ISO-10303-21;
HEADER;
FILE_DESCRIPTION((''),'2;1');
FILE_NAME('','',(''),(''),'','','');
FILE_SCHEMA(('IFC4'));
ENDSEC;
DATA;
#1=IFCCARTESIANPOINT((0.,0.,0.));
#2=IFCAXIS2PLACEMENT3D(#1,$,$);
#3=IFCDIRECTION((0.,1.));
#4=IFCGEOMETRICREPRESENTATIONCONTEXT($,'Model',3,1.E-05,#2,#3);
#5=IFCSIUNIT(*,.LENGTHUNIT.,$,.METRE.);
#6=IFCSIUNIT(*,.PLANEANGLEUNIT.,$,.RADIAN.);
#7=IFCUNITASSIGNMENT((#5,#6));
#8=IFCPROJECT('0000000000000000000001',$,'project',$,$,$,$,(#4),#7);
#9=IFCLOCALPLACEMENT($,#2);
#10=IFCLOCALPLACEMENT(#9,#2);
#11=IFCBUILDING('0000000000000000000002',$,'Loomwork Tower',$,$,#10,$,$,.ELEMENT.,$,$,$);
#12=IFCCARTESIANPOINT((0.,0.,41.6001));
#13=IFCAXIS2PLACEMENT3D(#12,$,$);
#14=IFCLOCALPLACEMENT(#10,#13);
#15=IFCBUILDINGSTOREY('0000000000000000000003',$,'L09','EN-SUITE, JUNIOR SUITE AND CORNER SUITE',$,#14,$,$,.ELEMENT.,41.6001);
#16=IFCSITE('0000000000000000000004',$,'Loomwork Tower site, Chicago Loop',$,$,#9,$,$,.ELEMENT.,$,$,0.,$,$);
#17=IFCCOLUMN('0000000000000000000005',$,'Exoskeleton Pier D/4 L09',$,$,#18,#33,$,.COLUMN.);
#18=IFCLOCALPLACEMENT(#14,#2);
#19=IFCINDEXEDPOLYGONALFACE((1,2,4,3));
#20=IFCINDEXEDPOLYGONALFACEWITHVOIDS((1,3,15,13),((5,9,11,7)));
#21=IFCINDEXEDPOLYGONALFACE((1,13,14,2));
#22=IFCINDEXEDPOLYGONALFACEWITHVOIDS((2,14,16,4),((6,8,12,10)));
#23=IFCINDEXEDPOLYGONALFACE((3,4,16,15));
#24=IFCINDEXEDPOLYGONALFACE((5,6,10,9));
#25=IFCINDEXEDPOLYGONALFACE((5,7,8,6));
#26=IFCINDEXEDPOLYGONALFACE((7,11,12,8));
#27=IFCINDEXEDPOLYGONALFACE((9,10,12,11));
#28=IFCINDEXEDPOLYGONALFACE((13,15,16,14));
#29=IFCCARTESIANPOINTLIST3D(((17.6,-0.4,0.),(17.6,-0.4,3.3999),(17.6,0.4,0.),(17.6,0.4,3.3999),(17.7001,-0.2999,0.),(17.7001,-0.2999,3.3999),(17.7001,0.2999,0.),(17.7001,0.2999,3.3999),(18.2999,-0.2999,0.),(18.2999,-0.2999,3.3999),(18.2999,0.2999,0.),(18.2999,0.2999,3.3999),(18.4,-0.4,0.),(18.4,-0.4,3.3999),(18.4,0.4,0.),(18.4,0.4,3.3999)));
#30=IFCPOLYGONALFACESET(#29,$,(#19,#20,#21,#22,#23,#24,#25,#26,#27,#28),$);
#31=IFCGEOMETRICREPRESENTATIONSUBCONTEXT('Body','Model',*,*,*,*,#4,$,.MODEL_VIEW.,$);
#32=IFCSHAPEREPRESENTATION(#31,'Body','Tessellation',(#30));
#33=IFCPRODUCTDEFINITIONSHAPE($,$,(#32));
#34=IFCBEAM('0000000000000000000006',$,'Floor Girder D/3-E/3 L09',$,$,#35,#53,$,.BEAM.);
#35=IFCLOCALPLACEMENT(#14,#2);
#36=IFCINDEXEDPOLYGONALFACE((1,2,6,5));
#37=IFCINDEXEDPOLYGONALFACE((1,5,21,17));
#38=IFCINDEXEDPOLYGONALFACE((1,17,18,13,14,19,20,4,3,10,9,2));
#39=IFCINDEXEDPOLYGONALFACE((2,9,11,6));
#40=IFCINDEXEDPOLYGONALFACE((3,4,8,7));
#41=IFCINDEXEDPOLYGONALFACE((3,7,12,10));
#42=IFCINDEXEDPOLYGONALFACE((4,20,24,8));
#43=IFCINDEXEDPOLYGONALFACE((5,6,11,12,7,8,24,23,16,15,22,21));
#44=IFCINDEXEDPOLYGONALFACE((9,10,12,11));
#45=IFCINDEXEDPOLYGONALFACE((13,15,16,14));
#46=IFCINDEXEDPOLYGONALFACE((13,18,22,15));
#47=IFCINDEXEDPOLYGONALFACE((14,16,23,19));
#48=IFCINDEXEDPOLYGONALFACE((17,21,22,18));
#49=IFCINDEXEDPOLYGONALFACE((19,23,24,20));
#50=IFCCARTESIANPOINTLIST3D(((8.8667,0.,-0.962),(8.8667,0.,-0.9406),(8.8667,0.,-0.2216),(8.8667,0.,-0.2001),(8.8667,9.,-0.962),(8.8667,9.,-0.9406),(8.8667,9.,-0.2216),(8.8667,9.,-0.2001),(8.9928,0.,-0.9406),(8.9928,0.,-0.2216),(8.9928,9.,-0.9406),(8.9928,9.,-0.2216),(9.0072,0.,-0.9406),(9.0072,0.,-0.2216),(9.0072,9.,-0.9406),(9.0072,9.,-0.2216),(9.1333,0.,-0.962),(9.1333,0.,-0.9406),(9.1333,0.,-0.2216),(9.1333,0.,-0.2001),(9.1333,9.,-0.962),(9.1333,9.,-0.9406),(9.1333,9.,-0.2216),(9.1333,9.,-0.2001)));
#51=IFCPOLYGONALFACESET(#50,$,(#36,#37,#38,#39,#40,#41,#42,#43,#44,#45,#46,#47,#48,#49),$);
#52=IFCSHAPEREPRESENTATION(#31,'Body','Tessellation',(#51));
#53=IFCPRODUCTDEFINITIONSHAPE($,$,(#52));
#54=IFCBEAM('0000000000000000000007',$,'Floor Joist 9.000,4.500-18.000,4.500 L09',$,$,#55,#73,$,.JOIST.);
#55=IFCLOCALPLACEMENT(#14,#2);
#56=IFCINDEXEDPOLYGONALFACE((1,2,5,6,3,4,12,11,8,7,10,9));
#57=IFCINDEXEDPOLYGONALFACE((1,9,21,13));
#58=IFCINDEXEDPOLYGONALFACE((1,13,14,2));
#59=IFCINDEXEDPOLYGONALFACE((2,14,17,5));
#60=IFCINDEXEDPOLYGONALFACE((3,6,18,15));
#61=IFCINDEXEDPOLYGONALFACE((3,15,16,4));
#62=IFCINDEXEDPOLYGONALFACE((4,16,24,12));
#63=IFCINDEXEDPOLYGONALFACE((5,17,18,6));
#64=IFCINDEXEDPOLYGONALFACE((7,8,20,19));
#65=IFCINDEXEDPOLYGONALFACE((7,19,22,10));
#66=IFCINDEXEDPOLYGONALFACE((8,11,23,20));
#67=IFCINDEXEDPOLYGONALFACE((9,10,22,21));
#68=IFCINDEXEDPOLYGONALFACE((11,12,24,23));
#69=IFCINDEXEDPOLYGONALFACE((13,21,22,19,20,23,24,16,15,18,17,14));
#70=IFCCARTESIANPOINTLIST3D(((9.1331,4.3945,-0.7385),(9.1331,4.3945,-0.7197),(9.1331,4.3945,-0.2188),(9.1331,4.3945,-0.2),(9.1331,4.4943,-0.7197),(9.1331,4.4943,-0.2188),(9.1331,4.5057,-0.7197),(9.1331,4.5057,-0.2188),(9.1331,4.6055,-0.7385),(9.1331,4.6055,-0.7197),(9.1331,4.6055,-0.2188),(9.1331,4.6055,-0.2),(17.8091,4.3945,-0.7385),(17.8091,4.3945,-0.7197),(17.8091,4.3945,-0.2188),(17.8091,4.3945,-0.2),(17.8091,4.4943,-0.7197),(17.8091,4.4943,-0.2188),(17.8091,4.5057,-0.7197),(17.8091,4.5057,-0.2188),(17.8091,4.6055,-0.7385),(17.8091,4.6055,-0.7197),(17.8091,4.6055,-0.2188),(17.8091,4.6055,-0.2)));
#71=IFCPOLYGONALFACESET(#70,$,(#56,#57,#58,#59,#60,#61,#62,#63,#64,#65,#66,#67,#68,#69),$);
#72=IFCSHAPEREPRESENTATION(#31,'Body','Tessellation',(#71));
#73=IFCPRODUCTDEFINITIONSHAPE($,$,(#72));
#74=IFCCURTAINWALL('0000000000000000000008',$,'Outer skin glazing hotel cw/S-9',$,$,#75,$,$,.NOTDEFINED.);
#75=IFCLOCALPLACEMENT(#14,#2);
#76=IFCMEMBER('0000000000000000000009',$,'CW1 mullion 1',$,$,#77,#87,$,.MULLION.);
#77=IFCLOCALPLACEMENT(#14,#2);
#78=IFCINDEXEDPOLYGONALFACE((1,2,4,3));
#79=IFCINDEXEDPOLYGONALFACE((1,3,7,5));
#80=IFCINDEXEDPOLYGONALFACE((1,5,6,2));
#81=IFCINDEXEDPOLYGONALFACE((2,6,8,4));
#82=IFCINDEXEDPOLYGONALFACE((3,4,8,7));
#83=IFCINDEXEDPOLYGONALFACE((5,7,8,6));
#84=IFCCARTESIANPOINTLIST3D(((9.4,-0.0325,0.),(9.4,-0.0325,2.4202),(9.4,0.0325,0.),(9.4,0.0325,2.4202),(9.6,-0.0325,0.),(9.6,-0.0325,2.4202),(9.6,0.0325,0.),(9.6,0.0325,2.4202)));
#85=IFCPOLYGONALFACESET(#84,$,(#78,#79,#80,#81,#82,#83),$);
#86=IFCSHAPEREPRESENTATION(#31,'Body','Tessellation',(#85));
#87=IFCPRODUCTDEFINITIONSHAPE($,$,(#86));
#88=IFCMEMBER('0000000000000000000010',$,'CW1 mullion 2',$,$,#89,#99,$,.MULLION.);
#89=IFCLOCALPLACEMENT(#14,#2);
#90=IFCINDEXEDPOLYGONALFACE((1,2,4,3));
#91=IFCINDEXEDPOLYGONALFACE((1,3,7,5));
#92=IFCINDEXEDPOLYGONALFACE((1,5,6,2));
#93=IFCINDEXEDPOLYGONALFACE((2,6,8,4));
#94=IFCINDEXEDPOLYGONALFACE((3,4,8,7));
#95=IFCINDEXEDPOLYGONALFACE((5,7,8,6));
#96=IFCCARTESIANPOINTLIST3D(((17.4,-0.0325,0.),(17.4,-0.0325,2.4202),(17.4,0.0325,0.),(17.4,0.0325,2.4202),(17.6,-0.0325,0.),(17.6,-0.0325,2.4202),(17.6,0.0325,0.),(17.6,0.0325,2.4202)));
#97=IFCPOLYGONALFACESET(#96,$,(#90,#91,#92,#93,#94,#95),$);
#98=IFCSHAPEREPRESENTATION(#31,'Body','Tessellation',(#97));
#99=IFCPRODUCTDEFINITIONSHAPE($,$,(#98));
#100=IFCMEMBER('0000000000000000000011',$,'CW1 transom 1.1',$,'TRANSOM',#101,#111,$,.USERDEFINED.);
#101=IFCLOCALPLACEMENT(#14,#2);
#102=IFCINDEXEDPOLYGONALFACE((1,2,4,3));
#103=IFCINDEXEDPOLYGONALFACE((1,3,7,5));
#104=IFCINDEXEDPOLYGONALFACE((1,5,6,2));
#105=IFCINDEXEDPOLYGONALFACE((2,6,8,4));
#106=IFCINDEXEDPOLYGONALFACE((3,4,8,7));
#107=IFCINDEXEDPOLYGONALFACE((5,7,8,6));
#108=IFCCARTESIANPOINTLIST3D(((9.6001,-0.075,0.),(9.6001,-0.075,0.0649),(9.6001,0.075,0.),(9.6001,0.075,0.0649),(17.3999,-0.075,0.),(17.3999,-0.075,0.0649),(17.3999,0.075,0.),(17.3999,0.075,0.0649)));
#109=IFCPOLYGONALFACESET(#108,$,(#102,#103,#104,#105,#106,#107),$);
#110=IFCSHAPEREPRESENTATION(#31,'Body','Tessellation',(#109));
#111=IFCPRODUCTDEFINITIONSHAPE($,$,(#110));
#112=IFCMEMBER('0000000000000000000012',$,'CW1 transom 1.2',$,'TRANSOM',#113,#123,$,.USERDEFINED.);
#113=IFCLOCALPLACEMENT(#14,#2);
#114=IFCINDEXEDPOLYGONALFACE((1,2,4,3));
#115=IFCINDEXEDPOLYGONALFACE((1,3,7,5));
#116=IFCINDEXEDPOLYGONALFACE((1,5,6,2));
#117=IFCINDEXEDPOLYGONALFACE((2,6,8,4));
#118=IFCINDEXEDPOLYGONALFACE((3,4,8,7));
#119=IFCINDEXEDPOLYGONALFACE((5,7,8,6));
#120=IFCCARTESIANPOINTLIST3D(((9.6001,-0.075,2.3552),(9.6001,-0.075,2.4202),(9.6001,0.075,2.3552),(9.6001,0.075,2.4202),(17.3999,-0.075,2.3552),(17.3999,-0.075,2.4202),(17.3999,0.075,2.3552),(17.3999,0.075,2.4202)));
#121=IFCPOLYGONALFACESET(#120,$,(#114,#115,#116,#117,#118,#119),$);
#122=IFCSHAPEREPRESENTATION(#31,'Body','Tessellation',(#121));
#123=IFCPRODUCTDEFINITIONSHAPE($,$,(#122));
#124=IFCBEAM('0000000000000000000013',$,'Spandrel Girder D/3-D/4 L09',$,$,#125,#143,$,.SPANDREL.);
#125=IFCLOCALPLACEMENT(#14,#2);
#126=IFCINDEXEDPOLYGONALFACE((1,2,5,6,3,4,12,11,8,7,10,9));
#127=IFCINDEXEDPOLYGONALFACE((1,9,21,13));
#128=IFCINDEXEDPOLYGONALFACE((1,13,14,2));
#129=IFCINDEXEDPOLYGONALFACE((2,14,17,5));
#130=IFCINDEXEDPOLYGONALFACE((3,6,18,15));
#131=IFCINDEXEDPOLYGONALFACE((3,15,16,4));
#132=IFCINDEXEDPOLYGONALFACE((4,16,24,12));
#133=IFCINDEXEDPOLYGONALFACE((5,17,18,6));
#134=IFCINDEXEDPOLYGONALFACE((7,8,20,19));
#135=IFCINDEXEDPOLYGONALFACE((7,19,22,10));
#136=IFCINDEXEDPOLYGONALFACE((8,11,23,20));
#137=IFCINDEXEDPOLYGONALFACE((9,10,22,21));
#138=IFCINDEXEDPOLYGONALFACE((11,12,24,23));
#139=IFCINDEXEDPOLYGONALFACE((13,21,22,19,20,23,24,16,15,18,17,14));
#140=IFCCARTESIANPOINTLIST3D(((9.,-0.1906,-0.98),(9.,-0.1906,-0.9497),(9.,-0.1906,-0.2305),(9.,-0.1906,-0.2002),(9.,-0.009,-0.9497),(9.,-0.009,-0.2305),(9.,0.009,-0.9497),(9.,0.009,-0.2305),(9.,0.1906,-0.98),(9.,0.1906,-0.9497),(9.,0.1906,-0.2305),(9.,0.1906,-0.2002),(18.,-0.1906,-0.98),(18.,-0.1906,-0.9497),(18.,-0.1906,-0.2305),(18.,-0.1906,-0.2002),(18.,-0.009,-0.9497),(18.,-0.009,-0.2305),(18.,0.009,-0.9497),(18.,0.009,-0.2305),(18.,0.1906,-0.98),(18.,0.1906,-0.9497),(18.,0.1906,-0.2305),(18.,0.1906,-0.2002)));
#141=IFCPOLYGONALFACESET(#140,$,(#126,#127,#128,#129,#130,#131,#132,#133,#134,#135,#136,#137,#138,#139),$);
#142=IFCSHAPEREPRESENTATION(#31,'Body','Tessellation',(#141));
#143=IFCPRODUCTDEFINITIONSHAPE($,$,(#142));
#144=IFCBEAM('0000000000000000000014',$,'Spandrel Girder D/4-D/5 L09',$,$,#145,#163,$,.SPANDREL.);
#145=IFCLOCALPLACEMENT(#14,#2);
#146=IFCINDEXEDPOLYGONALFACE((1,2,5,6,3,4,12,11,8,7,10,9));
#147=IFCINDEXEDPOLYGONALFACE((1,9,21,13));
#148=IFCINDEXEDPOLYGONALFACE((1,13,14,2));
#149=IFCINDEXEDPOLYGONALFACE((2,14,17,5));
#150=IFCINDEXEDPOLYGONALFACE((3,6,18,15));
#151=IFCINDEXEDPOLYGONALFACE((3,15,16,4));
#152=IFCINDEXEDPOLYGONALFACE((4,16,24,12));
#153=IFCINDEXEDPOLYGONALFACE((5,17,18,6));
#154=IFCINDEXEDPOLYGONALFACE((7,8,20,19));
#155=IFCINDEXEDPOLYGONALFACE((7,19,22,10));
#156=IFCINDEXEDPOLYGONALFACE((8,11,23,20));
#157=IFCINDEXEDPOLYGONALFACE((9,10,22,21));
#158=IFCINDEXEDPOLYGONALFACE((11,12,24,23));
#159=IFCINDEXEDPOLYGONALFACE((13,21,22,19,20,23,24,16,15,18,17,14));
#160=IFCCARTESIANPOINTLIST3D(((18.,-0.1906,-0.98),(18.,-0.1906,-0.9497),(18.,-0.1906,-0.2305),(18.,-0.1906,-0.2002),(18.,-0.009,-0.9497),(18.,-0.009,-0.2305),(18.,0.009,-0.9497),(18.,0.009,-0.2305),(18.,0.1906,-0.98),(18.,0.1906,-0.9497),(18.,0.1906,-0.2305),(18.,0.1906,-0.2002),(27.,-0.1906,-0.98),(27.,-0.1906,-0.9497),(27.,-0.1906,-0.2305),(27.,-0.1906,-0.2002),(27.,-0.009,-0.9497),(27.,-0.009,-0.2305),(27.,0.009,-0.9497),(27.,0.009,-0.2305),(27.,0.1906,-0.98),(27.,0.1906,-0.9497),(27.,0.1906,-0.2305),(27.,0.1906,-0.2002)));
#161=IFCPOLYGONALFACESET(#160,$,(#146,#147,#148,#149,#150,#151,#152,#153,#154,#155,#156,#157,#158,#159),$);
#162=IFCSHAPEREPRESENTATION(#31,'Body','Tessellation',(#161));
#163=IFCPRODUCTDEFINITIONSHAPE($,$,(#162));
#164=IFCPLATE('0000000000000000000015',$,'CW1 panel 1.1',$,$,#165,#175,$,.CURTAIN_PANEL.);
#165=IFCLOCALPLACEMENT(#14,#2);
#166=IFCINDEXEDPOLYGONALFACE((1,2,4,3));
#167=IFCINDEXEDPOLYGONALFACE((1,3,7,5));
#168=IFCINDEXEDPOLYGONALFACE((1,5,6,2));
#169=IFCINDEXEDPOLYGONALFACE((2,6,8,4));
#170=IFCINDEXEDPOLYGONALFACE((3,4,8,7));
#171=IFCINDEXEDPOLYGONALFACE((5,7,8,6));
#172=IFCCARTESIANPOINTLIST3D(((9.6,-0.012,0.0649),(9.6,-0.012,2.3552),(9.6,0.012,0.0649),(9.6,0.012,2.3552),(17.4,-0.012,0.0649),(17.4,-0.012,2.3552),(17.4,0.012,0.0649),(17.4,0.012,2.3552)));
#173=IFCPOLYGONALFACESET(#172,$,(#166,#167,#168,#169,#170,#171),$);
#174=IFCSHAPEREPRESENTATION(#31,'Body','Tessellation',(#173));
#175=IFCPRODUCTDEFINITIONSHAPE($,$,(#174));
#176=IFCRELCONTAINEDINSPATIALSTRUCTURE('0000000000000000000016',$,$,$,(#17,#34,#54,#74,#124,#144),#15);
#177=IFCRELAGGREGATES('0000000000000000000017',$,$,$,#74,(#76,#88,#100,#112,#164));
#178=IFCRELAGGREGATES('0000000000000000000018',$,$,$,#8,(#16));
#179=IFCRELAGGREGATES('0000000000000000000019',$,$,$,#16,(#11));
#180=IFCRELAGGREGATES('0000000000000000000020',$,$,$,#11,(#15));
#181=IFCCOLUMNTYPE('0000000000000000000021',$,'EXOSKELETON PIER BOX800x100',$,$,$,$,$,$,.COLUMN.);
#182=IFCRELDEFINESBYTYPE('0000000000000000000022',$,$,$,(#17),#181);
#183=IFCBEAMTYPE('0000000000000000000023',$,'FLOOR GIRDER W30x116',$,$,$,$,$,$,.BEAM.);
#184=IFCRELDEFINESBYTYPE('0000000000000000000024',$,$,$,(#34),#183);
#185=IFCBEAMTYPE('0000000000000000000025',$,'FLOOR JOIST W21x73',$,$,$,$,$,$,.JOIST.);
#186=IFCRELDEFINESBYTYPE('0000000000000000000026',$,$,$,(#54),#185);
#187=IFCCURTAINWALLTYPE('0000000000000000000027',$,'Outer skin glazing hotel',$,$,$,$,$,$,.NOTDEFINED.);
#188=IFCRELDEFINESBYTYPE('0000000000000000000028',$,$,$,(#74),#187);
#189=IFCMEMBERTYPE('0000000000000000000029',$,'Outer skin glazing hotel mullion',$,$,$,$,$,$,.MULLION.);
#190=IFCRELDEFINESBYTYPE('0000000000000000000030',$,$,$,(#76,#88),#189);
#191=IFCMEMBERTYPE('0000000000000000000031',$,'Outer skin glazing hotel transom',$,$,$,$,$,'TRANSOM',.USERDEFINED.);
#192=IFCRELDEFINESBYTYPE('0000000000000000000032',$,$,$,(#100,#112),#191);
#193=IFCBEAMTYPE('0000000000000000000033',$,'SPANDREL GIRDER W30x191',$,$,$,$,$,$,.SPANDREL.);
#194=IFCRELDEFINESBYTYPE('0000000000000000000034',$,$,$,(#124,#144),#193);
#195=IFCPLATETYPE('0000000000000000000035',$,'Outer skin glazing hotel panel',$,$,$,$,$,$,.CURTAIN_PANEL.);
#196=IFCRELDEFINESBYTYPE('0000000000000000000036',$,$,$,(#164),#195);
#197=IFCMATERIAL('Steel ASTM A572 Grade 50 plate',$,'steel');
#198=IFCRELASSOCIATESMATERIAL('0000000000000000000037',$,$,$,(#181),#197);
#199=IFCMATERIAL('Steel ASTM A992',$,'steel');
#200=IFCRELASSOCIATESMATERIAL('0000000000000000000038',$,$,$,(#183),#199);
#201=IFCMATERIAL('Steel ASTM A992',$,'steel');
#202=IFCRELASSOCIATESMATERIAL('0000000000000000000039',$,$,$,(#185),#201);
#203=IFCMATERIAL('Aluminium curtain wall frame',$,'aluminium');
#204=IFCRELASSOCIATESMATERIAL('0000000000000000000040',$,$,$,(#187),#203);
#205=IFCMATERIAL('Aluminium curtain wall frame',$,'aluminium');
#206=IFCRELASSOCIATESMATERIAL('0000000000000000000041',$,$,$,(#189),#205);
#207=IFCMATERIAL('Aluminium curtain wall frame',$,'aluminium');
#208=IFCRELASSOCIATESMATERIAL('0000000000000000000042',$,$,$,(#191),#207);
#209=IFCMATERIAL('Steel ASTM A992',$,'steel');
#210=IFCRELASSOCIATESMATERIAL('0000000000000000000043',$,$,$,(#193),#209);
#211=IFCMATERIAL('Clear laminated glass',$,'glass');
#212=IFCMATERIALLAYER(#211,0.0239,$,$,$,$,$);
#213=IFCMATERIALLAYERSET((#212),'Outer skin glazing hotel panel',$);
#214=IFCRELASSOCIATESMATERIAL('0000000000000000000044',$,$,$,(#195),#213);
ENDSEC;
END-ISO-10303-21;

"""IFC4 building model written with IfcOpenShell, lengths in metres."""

from ifc_helpers import new_model, si_unit, direction, frame, origin, origin_2d, place, context, subcontext, project, spatial, rectangle, hollow_rectangle, i_section, extrude, material, layer, layer_set, material_profile, profile_set, type_object, element, aggregate, save


model = new_model("IFC4")

# Units and contexts
model_context = context("Model", 3, precision=1e-05, world=origin(), true_north=direction((0.0, 1.0)))
body_context = subcontext(model_context, "Body", "Model", "MODEL_VIEW")
ifc_project = project(units=[si_unit("LENGTHUNIT", "METRE"), si_unit("PLANEANGLEUNIT", "RADIAN")], contexts=[model_context])

# Site, building, storey
site_placement = place(None, origin())
site = spatial("IfcSite", under=ifc_project, at=site_placement, Name="Loomwork Tower site, Chicago Loop", CompositionType="ELEMENT", RefElevation=0.0)
building_placement = place(site_placement, origin())
building = spatial("IfcBuilding", under=site, at=building_placement, Name="Loomwork Tower", CompositionType="ELEMENT")
storey_placement = place(building_placement, frame((0.0, 0.0, 41.6001)))
storey = spatial("IfcBuildingStorey", under=building, at=storey_placement, Name="L09", Description="EN-SUITE, JUNIOR SUITE AND CORNER SUITE", CompositionType="ELEMENT", Elevation=41.6001)

# Column
ifc_material_1 = material(Name="Steel ASTM A572 Grade 50 plate", Category="steel")
ifc_material_profile_1 = material_profile(ifc_material_1, hollow_rectangle(XDim=0.8, YDim=0.8, WallThickness=0.1001, at=origin_2d()), Name="BOX800x100")
ifc_profile_set_1 = profile_set([ifc_material_profile_1], Name="Steel ASTM A572 Grade 50 plate")
column_type = type_object("IfcColumnType", Name="EXOSKELETON PIER BOX800x100", PredefinedType="COLUMN", material=ifc_profile_set_1)
column_placement = place(storey_placement, frame((18.0, 0.0, 0.0), z_axis=(0.0, 0.0, 1.0), x_axis=(1.0, 0.0, 0.0)))
element("IfcColumn", 1, at=column_placement, inside=storey, type_object=column_type, Name="Exoskeleton Pier D/4 L09", PredefinedType="COLUMN", context=body_context, shape_type="SweptSolid", body=[
    extrude(hollow_rectangle(XDim=0.8, YDim=0.8, WallThickness=0.1001, at=origin_2d()), origin(), (0.0, 0.0, 1.0), 3.3999),
])

# Beams
ifc_material_2 = material(Name="Steel ASTM A992", Category="steel")
ifc_material_profile_2 = material_profile(ifc_material_2, i_section(OverallWidth=0.2666, OverallDepth=0.762, WebThickness=0.0144, FlangeThickness=0.0215, at=origin_2d()), Name="W30x116")
ifc_profile_set_2 = profile_set([ifc_material_profile_2], Name="Steel ASTM A992")
beam_type_1 = type_object("IfcBeamType", Name="FLOOR GIRDER W30x116", PredefinedType="BEAM", material=ifc_profile_set_2)
beam_1_placement = place(storey_placement, frame((9.0, 0.0, -0.5811), z_axis=(0.0, 1.0, 0.0), x_axis=(-1.0, 0.0, 0.0)))
element("IfcBeam", 2, at=beam_1_placement, inside=storey, type_object=beam_type_1, Name="Floor Girder D/3-E/3 L09", PredefinedType="BEAM", context=body_context, shape_type="SweptSolid", body=[
    extrude(i_section(OverallWidth=0.2666, OverallDepth=0.762, WebThickness=0.0144, FlangeThickness=0.0215, at=origin_2d()), origin(), (0.0, 0.0, 1.0), 9.0),
])
ifc_material_3 = material(Name="Steel ASTM A992", Category="steel")
ifc_material_profile_3 = material_profile(ifc_material_3, i_section(OverallWidth=0.2109, OverallDepth=0.5386, WebThickness=0.0115, FlangeThickness=0.0188, at=origin_2d()), Name="W21x73")
ifc_profile_set_3 = profile_set([ifc_material_profile_3], Name="Steel ASTM A992")
beam_type_2 = type_object("IfcBeamType", Name="FLOOR JOIST W21x73", PredefinedType="JOIST", material=ifc_profile_set_3)
beam_2_placement = place(storey_placement, frame((9.1331, 4.5, -0.4692), z_axis=(1.0, 0.0, 0.0), x_axis=(0.0, 1.0, 0.0)))
element("IfcBeam", 3, at=beam_2_placement, inside=storey, type_object=beam_type_2, Name="Floor Joist 9.000,4.500-18.000,4.500 L09", PredefinedType="JOIST", context=body_context, shape_type="SweptSolid", body=[
    extrude(i_section(OverallWidth=0.2109, OverallDepth=0.5386, WebThickness=0.0115, FlangeThickness=0.0188, at=origin_2d()), origin(), (0.0, 0.0, 1.0), 8.676),
])

# Curtain wall, members
ifc_material_4 = material(Name="Aluminium curtain wall frame", Category="aluminium")
curtain_wall_type = type_object("IfcCurtainWallType", Name="Outer skin glazing hotel", PredefinedType="NOTDEFINED", material=ifc_material_4)
curtain_wall_placement = place(storey_placement, origin())
curtain_wall = element("IfcCurtainWall", 4, at=curtain_wall_placement, inside=storey, type_object=curtain_wall_type, Name="Outer skin glazing hotel cw/S-9", PredefinedType="NOTDEFINED")
ifc_material_5 = material(Name="Aluminium curtain wall frame", Category="aluminium")
ifc_material_profile_4 = material_profile(ifc_material_5, rectangle(XDim=0.0649, YDim=0.2, at=origin_2d()), Name="AL 65x200")
ifc_profile_set_4 = profile_set([ifc_material_profile_4], Name="Aluminium curtain wall frame")
member_type_1 = type_object("IfcMemberType", Name="Outer skin glazing hotel mullion", PredefinedType="MULLION", material=ifc_profile_set_4)
member_1_placement = place(storey_placement, frame((9.5, 0.0, 0.0), z_axis=(0.0, 0.0, 1.0), x_axis=(0.0, 1.0, 0.0)))
member_1 = element("IfcMember", 5, at=member_1_placement, type_object=member_type_1, Name="CW1 mullion 1", PredefinedType="MULLION", context=body_context, shape_type="SweptSolid", body=[
    extrude(rectangle(XDim=0.0649, YDim=0.2, at=origin_2d()), origin(), (0.0, 0.0, 1.0), 2.4202),
])
member_2_placement = place(storey_placement, frame((17.5, 0.0, 0.0), z_axis=(0.0, 0.0, 1.0), x_axis=(0.0, 1.0, 0.0)))
member_2 = element("IfcMember", 6, at=member_2_placement, type_object=member_type_1, Name="CW1 mullion 2", PredefinedType="MULLION", context=body_context, shape_type="SweptSolid", body=[
    extrude(rectangle(XDim=0.0649, YDim=0.2, at=origin_2d()), origin(), (0.0, 0.0, 1.0), 2.4202),
])
ifc_material_6 = material(Name="Aluminium curtain wall frame", Category="aluminium")
ifc_material_profile_5 = material_profile(ifc_material_6, rectangle(XDim=0.1499, YDim=0.0649, at=origin_2d()), Name="AL 65x150")
ifc_profile_set_5 = profile_set([ifc_material_profile_5], Name="Aluminium curtain wall frame")
member_type_2 = type_object("IfcMemberType", Name="Outer skin glazing hotel transom", ElementType="TRANSOM", PredefinedType="USERDEFINED", material=ifc_profile_set_5)
member_3_placement = place(storey_placement, frame((9.6001, 0.0, 0.0325), z_axis=(1.0, 0.0, 0.0), x_axis=(0.0, 1.0, 0.0)))
member_3 = element("IfcMember", 7, at=member_3_placement, type_object=member_type_2, Name="CW1 transom 1.1", ObjectType="TRANSOM", PredefinedType="USERDEFINED", context=body_context, shape_type="SweptSolid", body=[
    extrude(rectangle(XDim=0.1499, YDim=0.0649, at=origin_2d()), origin(), (0.0, 0.0, 1.0), 7.7998),
])
member_4_placement = place(storey_placement, frame((9.6001, 0.0, 2.3877), z_axis=(1.0, 0.0, 0.0), x_axis=(0.0, 1.0, 0.0)))
member_4 = element("IfcMember", 8, at=member_4_placement, type_object=member_type_2, Name="CW1 transom 1.2", ObjectType="TRANSOM", PredefinedType="USERDEFINED", context=body_context, shape_type="SweptSolid", body=[
    extrude(rectangle(XDim=0.1499, YDim=0.0649, at=origin_2d()), origin(), (0.0, 0.0, 1.0), 7.7998),
])

# Beams
ifc_material_7 = material(Name="Steel ASTM A992", Category="steel")
ifc_material_profile_6 = material_profile(ifc_material_7, i_section(OverallWidth=0.3811, OverallDepth=0.7798, WebThickness=0.0181, FlangeThickness=0.0303, at=origin_2d()), Name="W30x191")
ifc_profile_set_6 = profile_set([ifc_material_profile_6], Name="Steel ASTM A992")
beam_type_3 = type_object("IfcBeamType", Name="SPANDREL GIRDER W30x191", PredefinedType="SPANDREL", material=ifc_profile_set_6)
for number, where, z_axis, x_axis, name in (
    (9, (9.0, 0.0, -0.5901), (1.0, 0.0, 0.0), (0.0, 1.0, 0.0), "Spandrel Girder D/3-D/4 L09"),
    (10, (18.0, 0.0, -0.5901), (1.0, 0.0, 0.0), (0.0, 1.0, 0.0), "Spandrel Girder D/4-D/5 L09"),
):
    element("IfcBeam", number, at=place(storey_placement, frame(where, z_axis=z_axis, x_axis=x_axis)), inside=storey, type_object=beam_type_3, Name=name, PredefinedType="SPANDREL", context=body_context, shape_type="SweptSolid", body=[
        extrude(i_section(OverallWidth=0.3811, OverallDepth=0.7798, WebThickness=0.0181, FlangeThickness=0.0303, at=origin_2d()), origin(), (0.0, 0.0, 1.0), 9.0),
    ])

# Plate
ifc_material_8 = material(Name="Clear laminated glass", Category="glass")
ifc_layer_1 = layer(ifc_material_8, 0.0239)
ifc_layer_set_1 = layer_set([ifc_layer_1], Name="Outer skin glazing hotel panel")
plate_type = type_object("IfcPlateType", Name="Outer skin glazing hotel panel", PredefinedType="CURTAIN_PANEL", material=ifc_layer_set_1)
plate_placement = place(storey_placement, frame((13.5, 0.0, 0.0649), z_axis=(0.0, 0.0, 1.0), x_axis=(1.0, 0.0, 0.0)))
plate = element("IfcPlate", 11, at=plate_placement, type_object=plate_type, Name="CW1 panel 1.1", PredefinedType="CURTAIN_PANEL", context=body_context, shape_type="SweptSolid", body=[
    extrude(rectangle(XDim=7.8, YDim=0.0239, at=origin_2d()), origin(), (0.0, 0.0, 1.0), 2.2903),
])
aggregate(curtain_wall, [member_1, member_2, member_3, member_4, plate])

save(model, "model.ifc")
